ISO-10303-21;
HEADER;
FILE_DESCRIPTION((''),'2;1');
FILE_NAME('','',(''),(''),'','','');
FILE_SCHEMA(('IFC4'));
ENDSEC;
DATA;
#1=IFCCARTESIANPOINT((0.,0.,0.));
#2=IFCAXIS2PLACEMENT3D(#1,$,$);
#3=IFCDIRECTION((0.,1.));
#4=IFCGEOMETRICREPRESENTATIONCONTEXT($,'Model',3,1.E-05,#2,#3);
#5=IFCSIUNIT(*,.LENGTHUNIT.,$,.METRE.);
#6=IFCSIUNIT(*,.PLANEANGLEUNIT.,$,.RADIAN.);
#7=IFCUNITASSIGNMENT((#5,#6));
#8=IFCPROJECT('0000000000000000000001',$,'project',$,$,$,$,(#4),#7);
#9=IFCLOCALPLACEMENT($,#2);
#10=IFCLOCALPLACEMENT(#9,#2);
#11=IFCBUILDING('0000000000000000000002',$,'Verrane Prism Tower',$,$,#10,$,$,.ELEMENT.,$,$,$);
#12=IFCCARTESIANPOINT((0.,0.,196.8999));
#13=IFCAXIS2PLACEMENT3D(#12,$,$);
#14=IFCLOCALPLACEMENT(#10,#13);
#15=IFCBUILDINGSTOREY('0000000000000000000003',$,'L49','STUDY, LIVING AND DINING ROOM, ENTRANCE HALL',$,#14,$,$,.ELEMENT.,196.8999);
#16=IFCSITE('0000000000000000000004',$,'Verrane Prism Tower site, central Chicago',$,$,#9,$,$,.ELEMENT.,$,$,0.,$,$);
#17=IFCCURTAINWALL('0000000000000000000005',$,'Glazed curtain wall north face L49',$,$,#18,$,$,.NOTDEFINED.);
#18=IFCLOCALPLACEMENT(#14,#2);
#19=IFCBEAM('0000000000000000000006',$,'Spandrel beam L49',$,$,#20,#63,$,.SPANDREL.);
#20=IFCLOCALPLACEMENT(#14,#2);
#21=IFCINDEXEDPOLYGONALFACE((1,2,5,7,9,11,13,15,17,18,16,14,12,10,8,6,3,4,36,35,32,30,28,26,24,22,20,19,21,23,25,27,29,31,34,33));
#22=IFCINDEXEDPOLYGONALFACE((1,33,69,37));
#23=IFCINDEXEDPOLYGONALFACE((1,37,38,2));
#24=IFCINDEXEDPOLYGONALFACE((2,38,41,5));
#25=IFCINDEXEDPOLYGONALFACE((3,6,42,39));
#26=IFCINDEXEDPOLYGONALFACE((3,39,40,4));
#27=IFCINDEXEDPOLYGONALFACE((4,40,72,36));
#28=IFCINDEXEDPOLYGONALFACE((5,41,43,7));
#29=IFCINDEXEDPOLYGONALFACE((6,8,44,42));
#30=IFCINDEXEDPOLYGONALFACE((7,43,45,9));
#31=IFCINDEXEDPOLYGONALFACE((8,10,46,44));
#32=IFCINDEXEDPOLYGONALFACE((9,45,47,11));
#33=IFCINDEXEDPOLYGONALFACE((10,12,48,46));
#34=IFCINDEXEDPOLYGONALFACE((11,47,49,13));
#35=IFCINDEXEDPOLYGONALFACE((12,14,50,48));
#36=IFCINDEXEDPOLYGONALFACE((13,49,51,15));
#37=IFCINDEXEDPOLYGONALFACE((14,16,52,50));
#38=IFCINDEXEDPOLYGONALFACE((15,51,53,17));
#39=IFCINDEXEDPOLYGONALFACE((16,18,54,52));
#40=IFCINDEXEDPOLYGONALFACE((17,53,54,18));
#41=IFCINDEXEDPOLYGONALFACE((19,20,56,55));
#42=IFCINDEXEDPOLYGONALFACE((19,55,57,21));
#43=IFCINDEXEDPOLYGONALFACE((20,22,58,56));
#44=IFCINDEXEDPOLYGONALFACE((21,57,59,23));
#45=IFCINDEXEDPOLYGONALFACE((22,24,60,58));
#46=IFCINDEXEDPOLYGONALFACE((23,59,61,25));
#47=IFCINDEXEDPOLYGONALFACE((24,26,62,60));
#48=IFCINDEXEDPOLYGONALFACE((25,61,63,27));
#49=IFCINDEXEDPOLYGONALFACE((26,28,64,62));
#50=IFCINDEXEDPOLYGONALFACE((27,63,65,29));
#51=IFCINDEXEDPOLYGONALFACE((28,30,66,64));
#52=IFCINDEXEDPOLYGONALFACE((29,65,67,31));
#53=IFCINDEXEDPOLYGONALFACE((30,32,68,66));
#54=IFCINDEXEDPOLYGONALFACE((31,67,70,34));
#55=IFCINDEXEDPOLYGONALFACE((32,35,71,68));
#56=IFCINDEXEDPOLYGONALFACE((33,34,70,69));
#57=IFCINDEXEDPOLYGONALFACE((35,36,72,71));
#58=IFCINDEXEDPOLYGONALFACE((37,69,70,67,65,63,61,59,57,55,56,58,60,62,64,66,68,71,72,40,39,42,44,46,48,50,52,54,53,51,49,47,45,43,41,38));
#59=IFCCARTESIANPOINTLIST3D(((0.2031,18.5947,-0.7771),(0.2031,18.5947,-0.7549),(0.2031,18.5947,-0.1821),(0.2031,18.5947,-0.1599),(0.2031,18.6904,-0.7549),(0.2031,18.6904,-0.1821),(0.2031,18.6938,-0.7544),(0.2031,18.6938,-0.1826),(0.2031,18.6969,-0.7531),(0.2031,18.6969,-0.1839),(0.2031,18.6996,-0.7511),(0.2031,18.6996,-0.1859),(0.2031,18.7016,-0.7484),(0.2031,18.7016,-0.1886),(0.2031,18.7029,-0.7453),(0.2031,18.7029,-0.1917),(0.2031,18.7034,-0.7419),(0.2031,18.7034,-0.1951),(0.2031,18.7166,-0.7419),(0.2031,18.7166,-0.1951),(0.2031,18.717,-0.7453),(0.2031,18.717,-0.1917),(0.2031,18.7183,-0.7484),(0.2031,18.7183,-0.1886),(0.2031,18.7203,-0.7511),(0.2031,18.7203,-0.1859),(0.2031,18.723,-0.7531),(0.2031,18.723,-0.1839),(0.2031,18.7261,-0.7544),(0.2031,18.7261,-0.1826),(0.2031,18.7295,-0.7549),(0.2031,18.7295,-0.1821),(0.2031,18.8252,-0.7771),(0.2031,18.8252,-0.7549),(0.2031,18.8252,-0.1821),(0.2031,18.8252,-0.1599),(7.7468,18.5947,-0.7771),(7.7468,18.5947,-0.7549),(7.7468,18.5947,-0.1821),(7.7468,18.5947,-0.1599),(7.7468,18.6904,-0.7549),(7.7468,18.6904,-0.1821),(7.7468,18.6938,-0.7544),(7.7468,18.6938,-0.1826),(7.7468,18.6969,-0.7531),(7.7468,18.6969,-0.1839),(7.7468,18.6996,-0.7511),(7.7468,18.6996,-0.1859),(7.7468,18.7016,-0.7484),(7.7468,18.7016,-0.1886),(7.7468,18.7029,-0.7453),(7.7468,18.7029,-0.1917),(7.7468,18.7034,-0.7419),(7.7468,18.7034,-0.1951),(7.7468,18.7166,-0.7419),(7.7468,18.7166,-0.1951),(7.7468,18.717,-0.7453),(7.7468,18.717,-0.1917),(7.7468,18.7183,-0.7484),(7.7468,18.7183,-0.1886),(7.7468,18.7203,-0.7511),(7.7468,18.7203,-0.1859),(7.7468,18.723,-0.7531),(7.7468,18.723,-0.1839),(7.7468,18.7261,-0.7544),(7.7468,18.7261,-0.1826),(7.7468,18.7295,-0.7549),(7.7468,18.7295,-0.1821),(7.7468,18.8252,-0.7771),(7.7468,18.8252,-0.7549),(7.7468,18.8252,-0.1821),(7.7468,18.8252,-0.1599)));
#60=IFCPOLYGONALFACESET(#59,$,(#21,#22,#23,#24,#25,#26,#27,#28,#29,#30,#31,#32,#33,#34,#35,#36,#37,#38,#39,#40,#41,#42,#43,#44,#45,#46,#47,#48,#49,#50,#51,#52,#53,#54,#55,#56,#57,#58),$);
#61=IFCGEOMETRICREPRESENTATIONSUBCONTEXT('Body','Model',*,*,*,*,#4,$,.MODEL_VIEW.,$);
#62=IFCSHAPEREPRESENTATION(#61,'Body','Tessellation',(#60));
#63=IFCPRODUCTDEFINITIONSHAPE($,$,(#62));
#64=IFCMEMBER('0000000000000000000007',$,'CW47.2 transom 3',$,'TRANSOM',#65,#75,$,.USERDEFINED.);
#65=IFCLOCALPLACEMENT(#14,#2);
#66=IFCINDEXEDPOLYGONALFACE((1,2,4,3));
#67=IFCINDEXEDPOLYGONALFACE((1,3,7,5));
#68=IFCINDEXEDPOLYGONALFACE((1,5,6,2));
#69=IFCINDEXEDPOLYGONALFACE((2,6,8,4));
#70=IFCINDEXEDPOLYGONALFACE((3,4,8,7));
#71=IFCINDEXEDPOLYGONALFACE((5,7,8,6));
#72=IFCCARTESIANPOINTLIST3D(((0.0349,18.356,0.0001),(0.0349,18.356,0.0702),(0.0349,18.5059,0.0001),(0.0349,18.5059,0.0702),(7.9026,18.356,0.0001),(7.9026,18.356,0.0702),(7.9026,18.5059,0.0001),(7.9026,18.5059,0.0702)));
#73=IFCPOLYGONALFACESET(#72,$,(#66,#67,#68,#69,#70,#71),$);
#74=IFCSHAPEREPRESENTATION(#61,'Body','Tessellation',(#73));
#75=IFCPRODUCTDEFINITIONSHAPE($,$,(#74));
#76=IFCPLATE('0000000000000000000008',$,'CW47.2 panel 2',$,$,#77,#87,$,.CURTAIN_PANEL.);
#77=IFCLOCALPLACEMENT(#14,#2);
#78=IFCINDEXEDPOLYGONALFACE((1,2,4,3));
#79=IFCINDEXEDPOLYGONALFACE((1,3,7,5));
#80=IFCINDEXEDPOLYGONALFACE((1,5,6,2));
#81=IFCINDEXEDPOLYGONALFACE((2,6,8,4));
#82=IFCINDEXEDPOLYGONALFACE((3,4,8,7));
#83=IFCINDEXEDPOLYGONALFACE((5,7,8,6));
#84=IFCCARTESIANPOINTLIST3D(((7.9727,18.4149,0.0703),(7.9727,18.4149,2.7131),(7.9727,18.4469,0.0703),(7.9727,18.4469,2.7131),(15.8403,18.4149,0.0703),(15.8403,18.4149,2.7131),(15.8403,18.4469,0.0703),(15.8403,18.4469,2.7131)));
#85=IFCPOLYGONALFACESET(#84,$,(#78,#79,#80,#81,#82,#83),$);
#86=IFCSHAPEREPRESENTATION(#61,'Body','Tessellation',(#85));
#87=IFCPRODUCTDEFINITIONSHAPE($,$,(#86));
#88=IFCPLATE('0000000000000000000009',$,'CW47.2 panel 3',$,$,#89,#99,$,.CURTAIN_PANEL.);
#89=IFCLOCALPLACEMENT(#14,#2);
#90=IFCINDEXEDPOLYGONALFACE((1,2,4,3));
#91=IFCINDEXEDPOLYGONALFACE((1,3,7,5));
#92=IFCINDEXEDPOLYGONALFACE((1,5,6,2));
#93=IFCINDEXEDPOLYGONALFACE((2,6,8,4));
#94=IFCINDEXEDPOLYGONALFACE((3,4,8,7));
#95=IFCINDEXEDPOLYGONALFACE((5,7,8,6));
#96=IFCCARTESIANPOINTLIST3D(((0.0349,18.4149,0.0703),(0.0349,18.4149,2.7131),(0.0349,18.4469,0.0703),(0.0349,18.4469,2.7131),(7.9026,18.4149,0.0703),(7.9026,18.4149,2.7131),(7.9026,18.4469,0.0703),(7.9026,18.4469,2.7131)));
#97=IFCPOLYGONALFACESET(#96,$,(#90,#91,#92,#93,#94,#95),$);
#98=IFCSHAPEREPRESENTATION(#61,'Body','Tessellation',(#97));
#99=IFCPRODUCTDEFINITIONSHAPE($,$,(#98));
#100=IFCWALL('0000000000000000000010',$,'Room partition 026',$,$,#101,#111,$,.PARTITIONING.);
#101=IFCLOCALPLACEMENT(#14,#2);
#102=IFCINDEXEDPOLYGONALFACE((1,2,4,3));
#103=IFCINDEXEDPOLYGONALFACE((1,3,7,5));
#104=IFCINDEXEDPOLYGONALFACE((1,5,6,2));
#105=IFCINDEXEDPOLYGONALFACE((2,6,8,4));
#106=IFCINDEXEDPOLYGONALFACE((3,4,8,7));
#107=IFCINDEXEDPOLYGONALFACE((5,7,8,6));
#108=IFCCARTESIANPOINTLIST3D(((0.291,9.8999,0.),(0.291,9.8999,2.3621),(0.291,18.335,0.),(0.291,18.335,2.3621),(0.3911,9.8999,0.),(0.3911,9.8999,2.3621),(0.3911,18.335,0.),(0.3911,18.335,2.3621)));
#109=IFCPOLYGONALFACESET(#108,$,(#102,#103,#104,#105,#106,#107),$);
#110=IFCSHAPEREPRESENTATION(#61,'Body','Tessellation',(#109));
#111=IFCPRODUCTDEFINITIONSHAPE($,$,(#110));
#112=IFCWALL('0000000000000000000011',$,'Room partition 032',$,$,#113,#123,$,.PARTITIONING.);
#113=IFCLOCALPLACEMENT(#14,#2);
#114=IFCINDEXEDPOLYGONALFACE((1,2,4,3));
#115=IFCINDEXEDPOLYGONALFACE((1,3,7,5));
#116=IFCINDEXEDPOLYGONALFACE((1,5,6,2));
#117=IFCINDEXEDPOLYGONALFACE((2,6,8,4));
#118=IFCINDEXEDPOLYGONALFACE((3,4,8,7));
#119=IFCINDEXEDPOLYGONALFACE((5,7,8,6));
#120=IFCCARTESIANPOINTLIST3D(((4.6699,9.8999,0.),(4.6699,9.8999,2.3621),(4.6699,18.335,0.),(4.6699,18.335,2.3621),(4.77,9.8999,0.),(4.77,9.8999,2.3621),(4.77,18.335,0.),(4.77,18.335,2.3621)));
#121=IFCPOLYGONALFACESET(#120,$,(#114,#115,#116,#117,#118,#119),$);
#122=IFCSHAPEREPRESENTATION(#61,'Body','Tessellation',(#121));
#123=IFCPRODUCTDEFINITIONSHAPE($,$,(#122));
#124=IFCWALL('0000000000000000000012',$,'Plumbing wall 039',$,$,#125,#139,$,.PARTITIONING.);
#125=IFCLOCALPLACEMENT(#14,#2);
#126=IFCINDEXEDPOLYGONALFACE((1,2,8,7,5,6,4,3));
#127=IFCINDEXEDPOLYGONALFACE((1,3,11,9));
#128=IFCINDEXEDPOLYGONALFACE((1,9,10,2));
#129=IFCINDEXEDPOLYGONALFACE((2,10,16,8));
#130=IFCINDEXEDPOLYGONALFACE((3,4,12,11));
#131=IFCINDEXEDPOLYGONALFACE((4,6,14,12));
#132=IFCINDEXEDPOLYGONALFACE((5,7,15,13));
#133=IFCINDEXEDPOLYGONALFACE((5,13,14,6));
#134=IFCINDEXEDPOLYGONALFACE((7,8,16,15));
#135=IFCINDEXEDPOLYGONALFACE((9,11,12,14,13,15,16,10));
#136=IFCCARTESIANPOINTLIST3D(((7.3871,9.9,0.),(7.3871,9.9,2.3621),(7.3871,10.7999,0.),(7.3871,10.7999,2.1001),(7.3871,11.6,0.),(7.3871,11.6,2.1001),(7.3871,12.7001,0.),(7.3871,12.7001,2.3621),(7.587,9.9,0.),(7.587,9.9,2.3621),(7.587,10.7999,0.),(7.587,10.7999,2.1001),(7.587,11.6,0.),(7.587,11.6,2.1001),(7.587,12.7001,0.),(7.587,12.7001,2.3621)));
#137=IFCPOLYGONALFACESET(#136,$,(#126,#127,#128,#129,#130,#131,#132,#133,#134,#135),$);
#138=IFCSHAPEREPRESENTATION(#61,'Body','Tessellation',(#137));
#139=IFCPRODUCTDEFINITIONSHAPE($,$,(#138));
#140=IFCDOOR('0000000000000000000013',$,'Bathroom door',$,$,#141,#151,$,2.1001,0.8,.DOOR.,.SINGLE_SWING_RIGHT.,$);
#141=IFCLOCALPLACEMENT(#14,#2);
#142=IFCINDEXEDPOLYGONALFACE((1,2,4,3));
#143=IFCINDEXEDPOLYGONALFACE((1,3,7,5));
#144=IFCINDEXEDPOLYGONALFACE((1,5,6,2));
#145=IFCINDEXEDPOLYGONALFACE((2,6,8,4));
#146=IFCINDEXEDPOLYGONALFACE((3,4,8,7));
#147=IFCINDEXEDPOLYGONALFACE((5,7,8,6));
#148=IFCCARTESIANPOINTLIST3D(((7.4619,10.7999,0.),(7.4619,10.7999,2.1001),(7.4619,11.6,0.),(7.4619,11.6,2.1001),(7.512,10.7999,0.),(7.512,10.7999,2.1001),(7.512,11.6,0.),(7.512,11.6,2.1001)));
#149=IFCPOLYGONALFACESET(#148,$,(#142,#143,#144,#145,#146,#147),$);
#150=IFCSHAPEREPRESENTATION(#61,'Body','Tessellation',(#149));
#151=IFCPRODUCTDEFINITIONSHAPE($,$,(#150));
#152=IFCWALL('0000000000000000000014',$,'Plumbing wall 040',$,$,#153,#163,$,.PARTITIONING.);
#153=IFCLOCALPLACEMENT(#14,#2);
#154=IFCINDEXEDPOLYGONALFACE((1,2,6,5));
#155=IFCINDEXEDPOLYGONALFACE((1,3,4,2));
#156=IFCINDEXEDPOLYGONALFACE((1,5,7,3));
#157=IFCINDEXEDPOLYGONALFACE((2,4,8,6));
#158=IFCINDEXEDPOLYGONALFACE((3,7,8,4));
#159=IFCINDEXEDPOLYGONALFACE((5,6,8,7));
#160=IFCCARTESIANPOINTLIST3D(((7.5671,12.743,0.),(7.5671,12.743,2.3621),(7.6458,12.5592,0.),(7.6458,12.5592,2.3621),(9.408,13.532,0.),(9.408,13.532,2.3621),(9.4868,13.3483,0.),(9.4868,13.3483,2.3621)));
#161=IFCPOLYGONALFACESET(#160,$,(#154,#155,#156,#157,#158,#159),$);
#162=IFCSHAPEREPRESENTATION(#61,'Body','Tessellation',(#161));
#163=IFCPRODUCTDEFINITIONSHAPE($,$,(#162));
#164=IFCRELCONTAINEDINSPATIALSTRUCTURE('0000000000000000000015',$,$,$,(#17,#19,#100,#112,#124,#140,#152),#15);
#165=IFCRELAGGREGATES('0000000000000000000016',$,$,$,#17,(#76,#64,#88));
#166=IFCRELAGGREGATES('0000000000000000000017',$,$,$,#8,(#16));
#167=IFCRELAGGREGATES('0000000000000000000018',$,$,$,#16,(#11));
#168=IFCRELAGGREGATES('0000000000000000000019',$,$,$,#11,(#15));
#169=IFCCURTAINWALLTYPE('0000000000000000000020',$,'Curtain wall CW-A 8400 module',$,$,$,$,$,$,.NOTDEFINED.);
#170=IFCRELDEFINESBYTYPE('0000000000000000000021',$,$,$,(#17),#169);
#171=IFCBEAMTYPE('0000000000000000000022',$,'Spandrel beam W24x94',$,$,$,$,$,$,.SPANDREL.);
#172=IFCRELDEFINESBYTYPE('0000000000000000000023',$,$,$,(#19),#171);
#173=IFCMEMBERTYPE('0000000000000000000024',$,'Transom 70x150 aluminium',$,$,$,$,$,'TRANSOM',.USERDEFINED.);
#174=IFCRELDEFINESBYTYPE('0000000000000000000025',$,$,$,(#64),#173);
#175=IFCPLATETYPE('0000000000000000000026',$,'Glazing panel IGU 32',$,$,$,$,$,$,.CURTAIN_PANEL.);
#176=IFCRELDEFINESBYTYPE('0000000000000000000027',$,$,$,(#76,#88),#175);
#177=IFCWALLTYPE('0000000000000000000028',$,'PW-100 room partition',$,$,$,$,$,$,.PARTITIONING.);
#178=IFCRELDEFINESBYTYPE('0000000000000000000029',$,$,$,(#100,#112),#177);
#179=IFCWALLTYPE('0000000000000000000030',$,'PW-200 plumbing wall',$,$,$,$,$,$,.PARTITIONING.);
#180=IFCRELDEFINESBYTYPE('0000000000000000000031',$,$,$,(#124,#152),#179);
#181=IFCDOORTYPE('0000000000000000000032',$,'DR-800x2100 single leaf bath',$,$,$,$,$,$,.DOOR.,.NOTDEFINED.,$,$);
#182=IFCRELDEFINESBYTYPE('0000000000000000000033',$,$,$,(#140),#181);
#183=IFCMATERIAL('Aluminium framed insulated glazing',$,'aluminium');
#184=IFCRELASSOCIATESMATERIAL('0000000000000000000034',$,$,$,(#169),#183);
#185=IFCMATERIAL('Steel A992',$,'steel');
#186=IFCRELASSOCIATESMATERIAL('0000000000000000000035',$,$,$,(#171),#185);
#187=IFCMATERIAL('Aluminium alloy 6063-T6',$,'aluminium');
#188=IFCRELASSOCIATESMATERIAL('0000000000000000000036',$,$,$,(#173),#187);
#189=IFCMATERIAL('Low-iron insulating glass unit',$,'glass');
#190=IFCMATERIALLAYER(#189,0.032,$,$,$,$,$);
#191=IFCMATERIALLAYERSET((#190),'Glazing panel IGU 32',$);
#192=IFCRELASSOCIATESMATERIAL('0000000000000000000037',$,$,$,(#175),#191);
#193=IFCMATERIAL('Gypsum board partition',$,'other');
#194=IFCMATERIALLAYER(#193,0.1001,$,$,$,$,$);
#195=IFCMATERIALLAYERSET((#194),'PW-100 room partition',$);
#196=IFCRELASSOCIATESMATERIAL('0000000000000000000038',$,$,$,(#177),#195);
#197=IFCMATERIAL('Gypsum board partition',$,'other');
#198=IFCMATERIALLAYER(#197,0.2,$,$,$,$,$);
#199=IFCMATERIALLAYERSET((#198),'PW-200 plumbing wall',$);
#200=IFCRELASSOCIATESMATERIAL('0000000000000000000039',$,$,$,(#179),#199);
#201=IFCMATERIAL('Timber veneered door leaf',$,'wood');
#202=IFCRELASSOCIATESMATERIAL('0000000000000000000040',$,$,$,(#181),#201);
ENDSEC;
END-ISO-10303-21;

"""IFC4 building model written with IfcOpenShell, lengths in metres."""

from ifc_helpers import new_model, si_unit, direction, frame, frame_2d, origin, origin_2d, place, context, subcontext, project, spatial, rectangle, i_section, extrude, material, layer, layer_set, material_profile, profile_set, type_object, element, fill, aggregate, save


model = new_model("IFC4")

# Units and contexts
model_context = context("Model", 3, precision=1e-05, world=origin(), true_north=direction((0.0, 1.0)))
body_context = subcontext(model_context, "Body", "Model", "MODEL_VIEW")
ifc_project = project(units=[si_unit("LENGTHUNIT", "METRE"), si_unit("PLANEANGLEUNIT", "RADIAN")], contexts=[model_context])

# Site, building, storey
site_placement = place(None, origin())
site = spatial("IfcSite", under=ifc_project, at=site_placement, Name="Verrane Prism Tower site, central Chicago", CompositionType="ELEMENT", RefElevation=0.0)
building_placement = place(site_placement, origin())
building = spatial("IfcBuilding", under=site, at=building_placement, Name="Verrane Prism Tower", CompositionType="ELEMENT")
storey_placement = place(building_placement, frame((0.0, 0.0, 196.8999)))
storey = spatial("IfcBuildingStorey", under=building, at=storey_placement, Name="L49", Description="STUDY, LIVING AND DINING ROOM, ENTRANCE HALL", CompositionType="ELEMENT", Elevation=196.8999)

# Curtain wall
ifc_material_1 = material(Name="Aluminium framed insulated glazing", Category="aluminium")
curtain_wall_type = type_object("IfcCurtainWallType", Name="Curtain wall CW-A 8400 module", PredefinedType="NOTDEFINED", material=ifc_material_1)
curtain_wall_placement = place(storey_placement, origin())
curtain_wall = element("IfcCurtainWall", 1, at=curtain_wall_placement, inside=storey, type_object=curtain_wall_type, Name="Glazed curtain wall north face L49", PredefinedType="NOTDEFINED")

# Beam
ifc_material_2 = material(Name="Steel A992", Category="steel")
ifc_material_profile_1 = material_profile(ifc_material_2, i_section(OverallWidth=0.2305, OverallDepth=0.6172, WebThickness=0.0132, FlangeThickness=0.0222, FilletRadius=0.0129, at=origin_2d()), Name="W24x94")
ifc_profile_set_1 = profile_set([ifc_material_profile_1], Name="Steel A992")
beam_type_1 = type_object("IfcBeamType", Name="Spandrel beam W24x94", PredefinedType="SPANDREL", material=ifc_profile_set_1)
beam_1_placement = place(storey_placement, frame((7.7468, 18.71, -0.4685), z_axis=(-1.0, 0.0, 0.0), x_axis=(0.0, -1.0, 0.0)))
element("IfcBeam", 2, at=beam_1_placement, inside=storey, type_object=beam_type_1, Name="Spandrel beam L49", PredefinedType="SPANDREL", context=body_context, shape_type="SweptSolid", body=[
    extrude(i_section(OverallWidth=0.2305, OverallDepth=0.6172, WebThickness=0.0132, FlangeThickness=0.0222, FilletRadius=0.0129, at=origin_2d()), origin(), (0.0, 0.0, 1.0), 7.5437),
])

# Member
ifc_material_3 = material(Name="Aluminium alloy 6063-T6", Category="aluminium")
ifc_material_profile_2 = material_profile(ifc_material_3, rectangle(XDim=0.1499, YDim=0.0701, at=origin_2d()), Name="Transom 70x150 aluminium")
ifc_profile_set_2 = profile_set([ifc_material_profile_2], Name="Aluminium alloy 6063-T6")
member_type_1 = type_object("IfcMemberType", Name="Transom 70x150 aluminium", ElementType="TRANSOM", PredefinedType="USERDEFINED", material=ifc_profile_set_2)
member_1_placement = place(storey_placement, frame((7.9026, 18.4309, 0.0352), z_axis=(-1.0, 0.0, 0.0), x_axis=(0.0, -1.0, 0.0)))
member_1 = element("IfcMember", 3, at=member_1_placement, type_object=member_type_1, Name="CW47.2 transom 3", ObjectType="TRANSOM", PredefinedType="USERDEFINED", context=body_context, shape_type="SweptSolid", body=[
    extrude(rectangle(XDim=0.1499, YDim=0.0701, at=origin_2d()), origin(), (0.0, 0.0, 1.0), 7.8677),
])

# Plates
ifc_material_4 = material(Name="Low-iron insulating glass unit", Category="glass")
ifc_layer_1 = layer(ifc_material_4, 0.032)
ifc_layer_set_1 = layer_set([ifc_layer_1], Name="Glazing panel IGU 32")
plate_type = type_object("IfcPlateType", Name="Glazing panel IGU 32", PredefinedType="CURTAIN_PANEL", material=ifc_layer_set_1)
plate_1_placement = place(storey_placement, frame((11.9065, 18.4309, 0.0703), z_axis=(0.0, 0.0, 1.0), x_axis=(-1.0, 0.0, 0.0)))
plate_1 = element("IfcPlate", 4, at=plate_1_placement, type_object=plate_type, Name="CW47.2 panel 2", PredefinedType="CURTAIN_PANEL", context=body_context, shape_type="SweptSolid", body=[
    extrude(rectangle(XDim=7.8677, YDim=0.032, at=origin_2d()), origin(), (0.0, 0.0, 1.0), 2.6428),
])
plate_2_placement = place(storey_placement, frame((3.9688, 18.4309, 0.0703), z_axis=(0.0, 0.0, 1.0), x_axis=(-1.0, 0.0, 0.0)))
plate_2 = element("IfcPlate", 5, at=plate_2_placement, type_object=plate_type, Name="CW47.2 panel 3", PredefinedType="CURTAIN_PANEL", context=body_context, shape_type="SweptSolid", body=[
    extrude(rectangle(XDim=7.8677, YDim=0.032, at=origin_2d()), origin(), (0.0, 0.0, 1.0), 2.6428),
])
aggregate(curtain_wall, [plate_1, member_1, plate_2])

# Walls
ifc_material_5 = material(Name="Gypsum board partition", Category="other")
ifc_layer_2 = layer(ifc_material_5, 0.1001)
ifc_layer_set_2 = layer_set([ifc_layer_2], Name="PW-100 room partition")
wall_type_1 = type_object("IfcWallType", Name="PW-100 room partition", PredefinedType="PARTITIONING", material=ifc_layer_set_2)
for number, where, z_axis, x_axis, name in (
    (6, (0.3411, 9.8999, 0.0), (0.0, 0.0, 1.0), (0.0, 1.0, 0.0), "Room partition 026"),
    (7, (4.72, 9.8999, 0.0), (0.0, 0.0, 1.0), (0.0, 1.0, 0.0), "Room partition 032"),
):
    element("IfcWall", number, at=place(storey_placement, frame(where, z_axis=z_axis, x_axis=x_axis)), inside=storey, type_object=wall_type_1, Name=name, PredefinedType="PARTITIONING", context=body_context, shape_type="SweptSolid", body=[
        extrude(rectangle(XDim=8.4351, YDim=0.1001, at=frame_2d((4.2175, 0.0))), origin(), (0.0, 0.0, 1.0), 2.3621),
    ])

# Wall, opening, door
ifc_material_6 = material(Name="Gypsum board partition", Category="other")
ifc_layer_3 = layer(ifc_material_6, 0.2)
ifc_layer_set_3 = layer_set([ifc_layer_3], Name="PW-200 plumbing wall")
wall_type_2 = type_object("IfcWallType", Name="PW-200 plumbing wall", PredefinedType="PARTITIONING", material=ifc_layer_set_3)
wall_1_placement = place(storey_placement, frame((7.4871, 12.7, 0.0), z_axis=(0.0, 0.0, 1.0), x_axis=(0.0, -1.0, 0.0)))
wall_1 = element("IfcWall", 8, at=wall_1_placement, inside=storey, type_object=wall_type_2, Name="Plumbing wall 039", PredefinedType="PARTITIONING", context=body_context, shape_type="SweptSolid", body=[
    extrude(rectangle(XDim=2.8, YDim=0.2, at=frame_2d((1.3999, 0.0))), origin(), (0.0, 0.0, 1.0), 2.3621),
])
opening_1_placement = place(wall_1_placement, frame((1.1001, 0.0, 0.0)))
opening_1 = element("IfcOpeningElement", 9, at=opening_1_placement, cuts=wall_1, PredefinedType="OPENING", context=body_context, shape_type="SweptSolid", body=[
    extrude(rectangle(XDim=0.8, YDim=2.1001, at=frame_2d((0.3999, 1.05))), frame((0.0, 0.1099, 0.0), z_axis=(0.0, -1.0, 0.0), x_axis=(1.0, 0.0, 0.0)), (0.0, 0.0, 1.0), 0.22),
])
ifc_material_7 = material(Name="Timber veneered door leaf", Category="wood")
door_type_1 = type_object("IfcDoorType", Name="DR-800x2100 single leaf bath", OperationType="NOTDEFINED", PredefinedType="DOOR", material=ifc_material_7)
door_1_placement = place(opening_1_placement, origin())
door_1 = element("IfcDoor", 10, at=door_1_placement, inside=storey, type_object=door_type_1, Name="Bathroom door", OperationType="SINGLE_SWING_RIGHT", OverallHeight=2.1001, OverallWidth=0.8, PredefinedType="DOOR", context=body_context, shape_type="SweptSolid", body=[
    extrude(rectangle(XDim=0.8, YDim=2.1001, at=frame_2d((0.3999, 1.05))), frame((0.0, 0.0249, 0.0), z_axis=(0.0, -1.0, 0.0), x_axis=(1.0, 0.0, 0.0)), (0.0, 0.0, 1.0), 0.05),
])
fill(opening_1, door_1)

# Wall
wall_2_placement = place(storey_placement, frame((7.6064, 12.6511, 0.0), z_axis=(0.0, 0.0, 1.0), x_axis=(0.919139, 0.393934, 0.0)))
element("IfcWall", 11, at=wall_2_placement, inside=storey, type_object=wall_type_2, Name="Plumbing wall 040", PredefinedType="PARTITIONING", context=body_context, shape_type="SweptSolid", body=[
    extrude(rectangle(XDim=2.0029, YDim=0.2, at=frame_2d((1.0015, 0.0))), origin(), (0.0, 0.0, 1.0), 2.3621),
])

save(model, "model.ifc")
